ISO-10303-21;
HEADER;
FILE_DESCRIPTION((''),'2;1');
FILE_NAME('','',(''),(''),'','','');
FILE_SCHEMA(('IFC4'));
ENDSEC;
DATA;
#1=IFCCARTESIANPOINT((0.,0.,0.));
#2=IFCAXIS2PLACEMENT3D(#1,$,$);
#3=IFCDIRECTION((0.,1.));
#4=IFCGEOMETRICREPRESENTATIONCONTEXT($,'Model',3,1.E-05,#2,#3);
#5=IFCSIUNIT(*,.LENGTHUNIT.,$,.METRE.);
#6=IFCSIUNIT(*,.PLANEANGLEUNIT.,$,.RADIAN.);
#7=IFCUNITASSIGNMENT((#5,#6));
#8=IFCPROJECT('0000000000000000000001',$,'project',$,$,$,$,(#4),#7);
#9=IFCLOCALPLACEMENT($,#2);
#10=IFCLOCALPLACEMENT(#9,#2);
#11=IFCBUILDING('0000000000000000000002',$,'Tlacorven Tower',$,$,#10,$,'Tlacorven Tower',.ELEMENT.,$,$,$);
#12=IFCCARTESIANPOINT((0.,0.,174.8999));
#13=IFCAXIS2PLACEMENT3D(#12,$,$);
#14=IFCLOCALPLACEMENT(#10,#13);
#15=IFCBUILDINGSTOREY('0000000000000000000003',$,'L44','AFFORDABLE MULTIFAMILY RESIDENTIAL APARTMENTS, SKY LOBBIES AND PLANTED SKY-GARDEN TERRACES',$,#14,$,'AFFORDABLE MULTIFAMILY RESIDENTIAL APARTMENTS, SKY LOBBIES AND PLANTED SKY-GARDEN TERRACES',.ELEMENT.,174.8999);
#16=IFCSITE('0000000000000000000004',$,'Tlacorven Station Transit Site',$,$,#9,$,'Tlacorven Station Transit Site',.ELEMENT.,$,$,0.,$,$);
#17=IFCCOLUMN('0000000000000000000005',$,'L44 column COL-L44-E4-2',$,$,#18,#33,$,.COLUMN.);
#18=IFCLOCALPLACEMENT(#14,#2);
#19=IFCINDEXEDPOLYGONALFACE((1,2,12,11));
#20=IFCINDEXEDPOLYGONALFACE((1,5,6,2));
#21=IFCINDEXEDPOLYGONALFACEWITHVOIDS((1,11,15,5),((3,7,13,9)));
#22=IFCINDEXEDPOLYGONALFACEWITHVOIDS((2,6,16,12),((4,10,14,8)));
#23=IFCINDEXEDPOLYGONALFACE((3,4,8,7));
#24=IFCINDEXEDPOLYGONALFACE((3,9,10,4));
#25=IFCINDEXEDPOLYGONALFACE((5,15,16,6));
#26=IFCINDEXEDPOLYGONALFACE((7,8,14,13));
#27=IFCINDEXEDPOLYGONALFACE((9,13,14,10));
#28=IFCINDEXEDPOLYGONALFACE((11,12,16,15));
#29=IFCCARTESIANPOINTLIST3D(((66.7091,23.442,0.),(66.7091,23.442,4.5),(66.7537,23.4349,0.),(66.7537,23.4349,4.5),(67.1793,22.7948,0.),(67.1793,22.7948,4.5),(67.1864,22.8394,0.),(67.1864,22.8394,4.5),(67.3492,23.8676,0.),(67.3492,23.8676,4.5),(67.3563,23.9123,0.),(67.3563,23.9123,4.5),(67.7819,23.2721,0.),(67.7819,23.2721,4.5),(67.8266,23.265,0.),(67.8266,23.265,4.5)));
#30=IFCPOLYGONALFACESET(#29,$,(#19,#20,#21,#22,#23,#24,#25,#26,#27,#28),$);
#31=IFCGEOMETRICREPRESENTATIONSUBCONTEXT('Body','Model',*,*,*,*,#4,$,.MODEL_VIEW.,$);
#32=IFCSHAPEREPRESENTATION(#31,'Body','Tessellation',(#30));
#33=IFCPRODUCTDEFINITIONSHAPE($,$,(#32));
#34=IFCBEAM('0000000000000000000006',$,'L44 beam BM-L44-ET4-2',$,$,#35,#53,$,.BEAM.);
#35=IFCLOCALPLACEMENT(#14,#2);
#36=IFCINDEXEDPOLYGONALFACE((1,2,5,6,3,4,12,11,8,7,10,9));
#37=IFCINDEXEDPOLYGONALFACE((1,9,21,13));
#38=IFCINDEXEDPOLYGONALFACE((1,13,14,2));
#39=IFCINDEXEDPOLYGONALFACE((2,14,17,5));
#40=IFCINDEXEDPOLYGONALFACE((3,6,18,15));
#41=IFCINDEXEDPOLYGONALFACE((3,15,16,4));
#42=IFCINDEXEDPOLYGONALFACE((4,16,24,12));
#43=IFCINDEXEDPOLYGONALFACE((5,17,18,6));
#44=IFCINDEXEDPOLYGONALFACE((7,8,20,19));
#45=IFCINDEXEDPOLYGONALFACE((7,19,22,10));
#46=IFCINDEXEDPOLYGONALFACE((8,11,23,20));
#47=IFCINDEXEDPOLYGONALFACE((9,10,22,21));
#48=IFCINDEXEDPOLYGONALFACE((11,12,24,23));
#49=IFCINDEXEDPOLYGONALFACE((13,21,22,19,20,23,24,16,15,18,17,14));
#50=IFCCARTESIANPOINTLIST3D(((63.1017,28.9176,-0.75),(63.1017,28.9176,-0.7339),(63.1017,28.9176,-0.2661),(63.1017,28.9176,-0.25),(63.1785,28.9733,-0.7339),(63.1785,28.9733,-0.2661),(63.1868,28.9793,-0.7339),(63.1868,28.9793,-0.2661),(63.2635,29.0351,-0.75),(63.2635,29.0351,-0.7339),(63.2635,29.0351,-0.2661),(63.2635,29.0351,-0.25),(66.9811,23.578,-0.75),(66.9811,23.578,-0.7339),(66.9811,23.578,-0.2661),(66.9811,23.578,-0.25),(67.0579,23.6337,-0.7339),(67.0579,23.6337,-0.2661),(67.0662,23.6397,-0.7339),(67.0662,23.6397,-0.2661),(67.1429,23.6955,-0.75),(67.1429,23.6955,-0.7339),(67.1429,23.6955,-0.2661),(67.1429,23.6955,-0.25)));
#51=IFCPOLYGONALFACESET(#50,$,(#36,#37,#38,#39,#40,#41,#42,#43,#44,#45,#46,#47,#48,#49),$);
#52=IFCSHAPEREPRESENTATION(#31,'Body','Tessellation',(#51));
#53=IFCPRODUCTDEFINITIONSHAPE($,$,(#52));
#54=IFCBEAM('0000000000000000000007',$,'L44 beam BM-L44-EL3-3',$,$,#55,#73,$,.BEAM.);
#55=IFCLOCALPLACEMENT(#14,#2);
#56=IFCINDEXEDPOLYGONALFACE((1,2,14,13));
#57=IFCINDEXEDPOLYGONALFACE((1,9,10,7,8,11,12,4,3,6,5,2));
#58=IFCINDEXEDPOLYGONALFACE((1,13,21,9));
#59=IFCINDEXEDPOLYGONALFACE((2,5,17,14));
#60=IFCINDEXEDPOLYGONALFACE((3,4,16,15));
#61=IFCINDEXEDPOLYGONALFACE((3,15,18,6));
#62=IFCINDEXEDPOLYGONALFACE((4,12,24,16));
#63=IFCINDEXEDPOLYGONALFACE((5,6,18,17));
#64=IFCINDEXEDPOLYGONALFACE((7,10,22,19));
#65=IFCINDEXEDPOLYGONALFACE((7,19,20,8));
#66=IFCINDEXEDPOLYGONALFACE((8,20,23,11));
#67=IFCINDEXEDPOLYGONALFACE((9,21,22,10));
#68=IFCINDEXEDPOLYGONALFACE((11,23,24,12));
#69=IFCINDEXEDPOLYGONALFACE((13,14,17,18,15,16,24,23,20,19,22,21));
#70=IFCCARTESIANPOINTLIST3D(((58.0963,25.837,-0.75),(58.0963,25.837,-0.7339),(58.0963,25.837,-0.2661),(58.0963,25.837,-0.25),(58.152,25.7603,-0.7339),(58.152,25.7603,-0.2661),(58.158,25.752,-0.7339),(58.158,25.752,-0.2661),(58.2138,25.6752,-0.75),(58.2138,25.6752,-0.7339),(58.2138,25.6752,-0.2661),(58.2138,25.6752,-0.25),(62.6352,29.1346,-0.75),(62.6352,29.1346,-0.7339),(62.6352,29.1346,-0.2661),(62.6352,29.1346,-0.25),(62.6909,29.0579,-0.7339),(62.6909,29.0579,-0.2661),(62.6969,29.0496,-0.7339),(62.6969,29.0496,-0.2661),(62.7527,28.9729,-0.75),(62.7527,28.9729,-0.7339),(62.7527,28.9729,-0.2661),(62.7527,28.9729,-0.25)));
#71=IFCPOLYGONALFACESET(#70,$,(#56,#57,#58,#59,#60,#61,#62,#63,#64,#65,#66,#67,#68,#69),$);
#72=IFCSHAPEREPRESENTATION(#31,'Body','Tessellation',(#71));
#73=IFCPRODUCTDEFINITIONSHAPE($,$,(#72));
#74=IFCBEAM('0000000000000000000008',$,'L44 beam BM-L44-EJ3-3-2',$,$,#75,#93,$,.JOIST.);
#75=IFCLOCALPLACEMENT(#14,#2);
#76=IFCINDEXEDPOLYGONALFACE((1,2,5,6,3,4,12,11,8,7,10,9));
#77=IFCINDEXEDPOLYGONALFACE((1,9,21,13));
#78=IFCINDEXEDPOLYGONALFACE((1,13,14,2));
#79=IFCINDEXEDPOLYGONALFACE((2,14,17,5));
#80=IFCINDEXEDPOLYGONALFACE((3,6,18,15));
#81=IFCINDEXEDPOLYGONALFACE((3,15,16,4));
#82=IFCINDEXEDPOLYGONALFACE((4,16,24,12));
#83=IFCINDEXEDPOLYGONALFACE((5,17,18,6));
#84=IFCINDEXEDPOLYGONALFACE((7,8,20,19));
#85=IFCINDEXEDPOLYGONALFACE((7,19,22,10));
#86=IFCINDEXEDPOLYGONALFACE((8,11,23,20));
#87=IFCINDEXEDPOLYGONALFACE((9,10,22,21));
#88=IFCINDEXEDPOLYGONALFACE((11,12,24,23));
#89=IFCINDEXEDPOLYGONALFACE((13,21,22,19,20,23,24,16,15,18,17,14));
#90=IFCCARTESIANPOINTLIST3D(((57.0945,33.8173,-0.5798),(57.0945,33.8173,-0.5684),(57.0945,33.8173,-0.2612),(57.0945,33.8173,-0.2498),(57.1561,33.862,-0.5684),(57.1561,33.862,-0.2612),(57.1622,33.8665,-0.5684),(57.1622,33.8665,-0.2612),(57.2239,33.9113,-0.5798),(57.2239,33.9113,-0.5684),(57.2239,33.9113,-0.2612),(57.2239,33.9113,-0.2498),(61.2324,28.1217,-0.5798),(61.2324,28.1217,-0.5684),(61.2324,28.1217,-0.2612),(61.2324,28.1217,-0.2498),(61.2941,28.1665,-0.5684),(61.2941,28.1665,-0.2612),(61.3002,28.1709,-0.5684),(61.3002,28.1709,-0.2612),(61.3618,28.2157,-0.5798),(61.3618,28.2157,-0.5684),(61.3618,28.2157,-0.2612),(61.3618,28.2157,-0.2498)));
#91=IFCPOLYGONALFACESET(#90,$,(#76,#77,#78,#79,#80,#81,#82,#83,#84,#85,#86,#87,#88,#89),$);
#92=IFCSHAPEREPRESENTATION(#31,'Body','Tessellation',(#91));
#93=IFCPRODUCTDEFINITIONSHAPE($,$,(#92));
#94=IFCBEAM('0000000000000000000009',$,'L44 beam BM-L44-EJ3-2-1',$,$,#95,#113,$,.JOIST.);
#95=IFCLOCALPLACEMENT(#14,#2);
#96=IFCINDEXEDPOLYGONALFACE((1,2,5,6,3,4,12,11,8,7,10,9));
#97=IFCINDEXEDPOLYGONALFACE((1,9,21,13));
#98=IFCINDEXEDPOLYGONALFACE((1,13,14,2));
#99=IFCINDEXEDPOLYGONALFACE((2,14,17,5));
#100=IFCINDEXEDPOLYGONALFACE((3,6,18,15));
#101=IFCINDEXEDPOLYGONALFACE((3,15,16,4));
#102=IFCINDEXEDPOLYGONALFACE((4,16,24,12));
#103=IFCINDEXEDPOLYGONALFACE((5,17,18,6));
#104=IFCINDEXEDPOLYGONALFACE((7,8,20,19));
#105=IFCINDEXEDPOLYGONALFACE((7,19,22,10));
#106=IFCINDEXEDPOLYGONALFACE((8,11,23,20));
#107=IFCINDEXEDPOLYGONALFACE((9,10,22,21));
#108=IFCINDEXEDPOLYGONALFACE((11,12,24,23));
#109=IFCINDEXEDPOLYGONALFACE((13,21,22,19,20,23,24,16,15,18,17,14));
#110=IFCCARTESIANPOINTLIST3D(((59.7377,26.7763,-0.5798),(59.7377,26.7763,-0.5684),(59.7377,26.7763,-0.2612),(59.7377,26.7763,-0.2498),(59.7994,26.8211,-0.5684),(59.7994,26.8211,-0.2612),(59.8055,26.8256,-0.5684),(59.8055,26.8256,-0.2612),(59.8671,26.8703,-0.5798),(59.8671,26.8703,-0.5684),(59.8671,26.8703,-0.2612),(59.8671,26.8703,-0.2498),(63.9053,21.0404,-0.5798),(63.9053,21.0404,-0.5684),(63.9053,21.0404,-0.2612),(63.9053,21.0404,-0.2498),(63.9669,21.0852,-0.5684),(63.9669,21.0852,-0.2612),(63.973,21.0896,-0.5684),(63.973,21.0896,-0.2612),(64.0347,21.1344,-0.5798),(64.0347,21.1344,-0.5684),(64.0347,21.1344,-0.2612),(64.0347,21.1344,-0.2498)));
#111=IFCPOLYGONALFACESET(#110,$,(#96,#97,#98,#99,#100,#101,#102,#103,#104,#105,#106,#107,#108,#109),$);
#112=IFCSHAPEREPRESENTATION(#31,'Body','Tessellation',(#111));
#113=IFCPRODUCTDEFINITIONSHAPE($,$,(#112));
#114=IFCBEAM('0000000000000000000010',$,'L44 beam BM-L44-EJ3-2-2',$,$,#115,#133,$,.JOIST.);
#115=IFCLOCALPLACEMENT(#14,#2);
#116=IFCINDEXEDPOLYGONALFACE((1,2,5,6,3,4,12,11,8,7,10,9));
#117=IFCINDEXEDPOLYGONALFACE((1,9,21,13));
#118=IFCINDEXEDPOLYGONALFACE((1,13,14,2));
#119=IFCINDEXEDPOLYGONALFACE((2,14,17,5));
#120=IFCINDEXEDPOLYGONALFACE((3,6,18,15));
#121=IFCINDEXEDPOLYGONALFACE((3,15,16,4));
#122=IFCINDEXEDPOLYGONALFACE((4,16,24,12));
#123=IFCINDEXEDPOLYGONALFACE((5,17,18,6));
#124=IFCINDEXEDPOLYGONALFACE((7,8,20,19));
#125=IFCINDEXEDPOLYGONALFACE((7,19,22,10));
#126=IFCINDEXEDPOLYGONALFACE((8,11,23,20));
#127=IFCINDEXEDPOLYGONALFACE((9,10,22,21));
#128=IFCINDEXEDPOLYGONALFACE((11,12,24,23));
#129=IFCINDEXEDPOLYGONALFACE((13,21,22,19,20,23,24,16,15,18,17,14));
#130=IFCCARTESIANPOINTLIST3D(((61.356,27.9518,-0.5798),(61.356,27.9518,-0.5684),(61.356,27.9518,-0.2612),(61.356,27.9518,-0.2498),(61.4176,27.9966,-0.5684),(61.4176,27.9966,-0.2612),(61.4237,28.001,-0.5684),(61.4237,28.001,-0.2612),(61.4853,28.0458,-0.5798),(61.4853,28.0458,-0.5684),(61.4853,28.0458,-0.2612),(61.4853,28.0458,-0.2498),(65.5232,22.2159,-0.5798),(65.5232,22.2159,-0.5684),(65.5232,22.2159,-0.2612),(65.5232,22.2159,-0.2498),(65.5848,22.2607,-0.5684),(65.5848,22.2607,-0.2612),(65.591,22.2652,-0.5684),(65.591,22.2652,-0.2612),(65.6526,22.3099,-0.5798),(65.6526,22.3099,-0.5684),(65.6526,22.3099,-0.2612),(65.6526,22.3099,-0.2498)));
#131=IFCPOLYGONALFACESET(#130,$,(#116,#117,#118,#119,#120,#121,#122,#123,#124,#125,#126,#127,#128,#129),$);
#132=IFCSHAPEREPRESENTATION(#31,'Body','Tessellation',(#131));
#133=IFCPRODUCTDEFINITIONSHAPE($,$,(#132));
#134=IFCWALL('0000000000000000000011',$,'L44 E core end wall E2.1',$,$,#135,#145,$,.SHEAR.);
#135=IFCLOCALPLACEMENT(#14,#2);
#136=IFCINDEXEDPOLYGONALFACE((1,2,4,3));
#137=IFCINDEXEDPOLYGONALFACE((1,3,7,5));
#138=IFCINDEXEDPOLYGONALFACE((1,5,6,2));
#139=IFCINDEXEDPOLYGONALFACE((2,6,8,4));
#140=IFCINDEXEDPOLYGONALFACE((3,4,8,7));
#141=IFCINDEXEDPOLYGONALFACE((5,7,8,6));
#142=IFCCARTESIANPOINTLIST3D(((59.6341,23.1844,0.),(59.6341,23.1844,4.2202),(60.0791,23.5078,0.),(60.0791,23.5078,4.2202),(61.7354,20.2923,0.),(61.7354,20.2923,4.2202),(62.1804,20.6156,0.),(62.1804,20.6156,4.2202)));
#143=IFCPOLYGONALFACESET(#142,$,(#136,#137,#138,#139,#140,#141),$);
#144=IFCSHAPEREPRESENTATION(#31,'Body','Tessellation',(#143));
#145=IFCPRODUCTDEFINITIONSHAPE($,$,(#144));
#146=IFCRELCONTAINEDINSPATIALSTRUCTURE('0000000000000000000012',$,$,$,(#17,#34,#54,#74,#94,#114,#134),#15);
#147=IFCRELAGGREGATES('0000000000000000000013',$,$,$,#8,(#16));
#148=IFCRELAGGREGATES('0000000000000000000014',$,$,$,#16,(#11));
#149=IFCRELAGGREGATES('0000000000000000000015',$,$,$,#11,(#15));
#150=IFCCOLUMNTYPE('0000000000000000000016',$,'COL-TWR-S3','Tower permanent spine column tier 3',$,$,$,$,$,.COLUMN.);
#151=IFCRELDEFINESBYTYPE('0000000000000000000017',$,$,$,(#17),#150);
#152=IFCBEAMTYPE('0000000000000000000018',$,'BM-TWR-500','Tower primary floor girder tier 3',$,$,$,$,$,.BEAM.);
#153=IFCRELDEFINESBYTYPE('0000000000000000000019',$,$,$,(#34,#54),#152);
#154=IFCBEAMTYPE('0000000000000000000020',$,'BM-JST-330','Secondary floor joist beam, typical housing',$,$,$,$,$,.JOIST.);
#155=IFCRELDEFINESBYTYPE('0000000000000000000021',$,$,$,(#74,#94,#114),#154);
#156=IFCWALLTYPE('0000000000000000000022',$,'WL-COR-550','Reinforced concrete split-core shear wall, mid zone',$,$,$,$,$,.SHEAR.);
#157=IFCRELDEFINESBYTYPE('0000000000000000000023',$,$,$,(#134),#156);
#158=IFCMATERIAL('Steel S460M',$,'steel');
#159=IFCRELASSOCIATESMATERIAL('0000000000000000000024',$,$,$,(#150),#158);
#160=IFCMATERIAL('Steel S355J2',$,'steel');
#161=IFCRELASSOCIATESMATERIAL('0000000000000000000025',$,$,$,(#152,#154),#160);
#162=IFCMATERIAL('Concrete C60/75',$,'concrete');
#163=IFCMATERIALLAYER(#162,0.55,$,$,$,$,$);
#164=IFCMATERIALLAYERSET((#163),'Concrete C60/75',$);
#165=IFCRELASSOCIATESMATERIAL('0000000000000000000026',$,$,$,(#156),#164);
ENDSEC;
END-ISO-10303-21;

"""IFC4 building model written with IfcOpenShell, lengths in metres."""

from ifc_helpers import new_model, si_unit, direction, frame, frame_2d, origin, origin_2d, place, context, subcontext, project, spatial, rectangle, hollow_rectangle, i_section, extrude, source, transform, mapped, material, layer, layer_set, material_profile, profile_set, type_object, element, save


model = new_model("IFC4")

# Units and contexts
model_context = context("Model", 3, precision=1e-05, world=origin(), true_north=direction((0.0, 1.0)))
body_context = subcontext(model_context, "Body", "Model", "MODEL_VIEW")
ifc_project = project(units=[si_unit("LENGTHUNIT", "METRE"), si_unit("PLANEANGLEUNIT", "RADIAN")], contexts=[model_context])

# Site, building, storey
site_placement = place(None, origin())
site = spatial("IfcSite", under=ifc_project, at=site_placement, Name="Tlacorven Station Transit Site", LongName="Tlacorven Station Transit Site", CompositionType="ELEMENT", RefElevation=0.0)
building_placement = place(site_placement, origin())
building = spatial("IfcBuilding", under=site, at=building_placement, Name="Tlacorven Tower", LongName="Tlacorven Tower", CompositionType="ELEMENT")
storey_placement = place(building_placement, frame((0.0, 0.0, 174.8999)))
storey = spatial("IfcBuildingStorey", under=building, at=storey_placement, Name="L44", Description="AFFORDABLE MULTIFAMILY RESIDENTIAL APARTMENTS, SKY LOBBIES AND PLANTED SKY-GARDEN TERRACES", LongName="AFFORDABLE MULTIFAMILY RESIDENTIAL APARTMENTS, SKY LOBBIES AND PLANTED SKY-GARDEN TERRACES", CompositionType="ELEMENT", Elevation=174.8999)

# Column
ifc_material_1 = material(Name="Steel S460M", Category="steel")
ifc_material_profile_1 = material_profile(ifc_material_1, hollow_rectangle(XDim=0.8, YDim=0.8, WallThickness=0.032, at=origin_2d()), Name="BOX 800X800X32")
ifc_profile_set_1 = profile_set([ifc_material_profile_1], Name="Steel S460M")
column_type = type_object("IfcColumnType", Name="COL-TWR-S3", Description="Tower permanent spine column tier 3", PredefinedType="COLUMN", material=ifc_profile_set_1)
shared_shape_1 = source(origin(), body_context, "Body", "SweptSolid", [
    extrude(hollow_rectangle(XDim=0.8, YDim=0.8, WallThickness=0.032, at=origin_2d()), origin(), (0.0, 0.0, 1.0), 4.5),
])
column_placement = place(storey_placement, frame((67.2678, 23.3535, 0.0), z_axis=(0.0, 0.0, 1.0), x_axis=(0.809017, 0.587785, 0.0)))
element("IfcColumn", 1, at=column_placement, inside=storey, type_object=column_type, Name="L44 column COL-L44-E4-2", PredefinedType="COLUMN", context=body_context, shape_type="MappedRepresentation", body=[
    mapped(shared_shape_1, transform((0.0, 0.0, 0.0), scale=1.0)),
])

# Beams
ifc_material_2 = material(Name="Steel S355J2", Category="steel")
ifc_material_profile_2 = material_profile(ifc_material_2, i_section(OverallWidth=0.2, OverallDepth=0.5, WebThickness=0.0103, FlangeThickness=0.0161, at=origin_2d()), Name="IPE 500")
ifc_profile_set_2 = profile_set([ifc_material_profile_2], Name="Steel S355J2")
beam_type_1 = type_object("IfcBeamType", Name="BM-TWR-500", Description="Tower primary floor girder tier 3", PredefinedType="BEAM", material=ifc_profile_set_2)
shared_shape_2 = source(origin(), body_context, "Body", "SweptSolid", [
    extrude(i_section(OverallWidth=0.2, OverallDepth=0.5, WebThickness=0.0103, FlangeThickness=0.0161, at=origin_2d()), origin(), (0.0, 0.0, 1.0), 6.6001),
])
beam_1_placement = place(storey_placement, frame((67.062, 23.6367, -0.5), z_axis=(-0.58778, 0.809021, 0.0), x_axis=(-0.809021, -0.58778, 0.0)))
element("IfcBeam", 2, at=beam_1_placement, inside=storey, type_object=beam_type_1, Name="L44 beam BM-L44-ET4-2", PredefinedType="BEAM", context=body_context, shape_type="MappedRepresentation", body=[
    mapped(shared_shape_2, transform((0.0, 0.0, 0.0), scale=1.0)),
])
shared_shape_3 = source(origin(), body_context, "Body", "SweptSolid", [
    extrude(i_section(OverallWidth=0.2, OverallDepth=0.5, WebThickness=0.0103, FlangeThickness=0.0161, at=origin_2d()), origin(), (0.0, 0.0, 1.0), 5.6104),
])
beam_2_placement = place(storey_placement, frame((58.155, 25.7561, -0.5), z_axis=(0.80902, 0.587781, 0.0), x_axis=(-0.587781, 0.80902, 0.0)))
element("IfcBeam", 3, at=beam_2_placement, inside=storey, type_object=beam_type_1, Name="L44 beam BM-L44-EL3-3", PredefinedType="BEAM", context=body_context, shape_type="MappedRepresentation", body=[
    mapped(shared_shape_3, transform((0.0, 0.0, 0.0), scale=1.0)),
])
ifc_material_profile_3 = material_profile(ifc_material_2, i_section(OverallWidth=0.1599, OverallDepth=0.3301, WebThickness=0.0076, FlangeThickness=0.0115, at=origin_2d()), Name="IPE 330")
ifc_profile_set_3 = profile_set([ifc_material_profile_3], Name="Steel S355J2")
beam_type_2 = type_object("IfcBeamType", Name="BM-JST-330", Description="Secondary floor joist beam, typical housing", PredefinedType="JOIST", material=ifc_profile_set_3)
shared_shape_4 = source(origin(), body_context, "Body", "SweptSolid", [
    extrude(i_section(OverallWidth=0.1599, OverallDepth=0.3301, WebThickness=0.0076, FlangeThickness=0.0115, at=origin_2d()), origin(), (0.0, 0.0, 1.0), 7.04),
])
beam_3_placement = place(storey_placement, frame((61.2971, 28.1687, -0.4148), z_axis=(-0.587774, 0.809025, 0.0), x_axis=(-0.809025, -0.587774, 0.0)))
element("IfcBeam", 4, at=beam_3_placement, inside=storey, type_object=beam_type_2, Name="L44 beam BM-L44-EJ3-3-2", PredefinedType="JOIST", context=body_context, shape_type="MappedRepresentation", body=[
    mapped(shared_shape_4, transform((0.0, 0.0, 0.0), scale=1.0)),
])
shared_shape_5 = source(origin(), body_context, "Body", "SweptSolid", [
    extrude(i_section(OverallWidth=0.1599, OverallDepth=0.3301, WebThickness=0.0076, FlangeThickness=0.0115, at=origin_2d()), origin(), (0.0, 0.0, 1.0), 7.0901),
])
beam_4_placement = place(storey_placement, frame((63.97, 21.0874, -0.4148), z_axis=(-0.587799, 0.809007, 0.0), x_axis=(-0.809007, -0.587799, 0.0)))
element("IfcBeam", 5, at=beam_4_placement, inside=storey, type_object=beam_type_2, Name="L44 beam BM-L44-EJ3-2-1", PredefinedType="JOIST", context=body_context, shape_type="MappedRepresentation", body=[
    mapped(shared_shape_5, transform((0.0, 0.0, 0.0), scale=1.0)),
])
shared_shape_6 = source(origin(), body_context, "Body", "SweptSolid", [
    extrude(i_section(OverallWidth=0.1599, OverallDepth=0.3301, WebThickness=0.0076, FlangeThickness=0.0115, at=origin_2d()), origin(), (0.0, 0.0, 1.0), 7.0898),
])
beam_5_placement = place(storey_placement, frame((65.5879, 22.2629, -0.4148), z_axis=(-0.587776, 0.809023, 0.0), x_axis=(-0.809023, -0.587776, 0.0)))
element("IfcBeam", 6, at=beam_5_placement, inside=storey, type_object=beam_type_2, Name="L44 beam BM-L44-EJ3-2-2", PredefinedType="JOIST", context=body_context, shape_type="MappedRepresentation", body=[
    mapped(shared_shape_6, transform((0.0, 0.0, 0.0), scale=1.0)),
])

# Wall
ifc_material_3 = material(Name="Concrete C60/75", Category="concrete")
ifc_layer_1 = layer(ifc_material_3, 0.55)
ifc_layer_set_1 = layer_set([ifc_layer_1], Name="Concrete C60/75")
wall_type_1 = type_object("IfcWallType", Name="WL-COR-550", Description="Reinforced concrete split-core shear wall, mid zone", PredefinedType="SHEAR", material=ifc_layer_set_1)
wall_1_placement = place(storey_placement, frame((61.958, 20.4539, 0.0), z_axis=(0.0, 0.0, 1.0), x_axis=(-0.587802, 0.809005, 0.0)))
element("IfcWall", 7, at=wall_1_placement, inside=storey, type_object=wall_type_1, Name="L44 E core end wall E2.1", PredefinedType="SHEAR", context=body_context, shape_type="SweptSolid", body=[
    extrude(rectangle(XDim=3.575, YDim=0.55, at=frame_2d((1.7876, 0.0))), origin(), (0.0, 0.0, 1.0), 4.2202),
])

save(model, "model.ifc")
